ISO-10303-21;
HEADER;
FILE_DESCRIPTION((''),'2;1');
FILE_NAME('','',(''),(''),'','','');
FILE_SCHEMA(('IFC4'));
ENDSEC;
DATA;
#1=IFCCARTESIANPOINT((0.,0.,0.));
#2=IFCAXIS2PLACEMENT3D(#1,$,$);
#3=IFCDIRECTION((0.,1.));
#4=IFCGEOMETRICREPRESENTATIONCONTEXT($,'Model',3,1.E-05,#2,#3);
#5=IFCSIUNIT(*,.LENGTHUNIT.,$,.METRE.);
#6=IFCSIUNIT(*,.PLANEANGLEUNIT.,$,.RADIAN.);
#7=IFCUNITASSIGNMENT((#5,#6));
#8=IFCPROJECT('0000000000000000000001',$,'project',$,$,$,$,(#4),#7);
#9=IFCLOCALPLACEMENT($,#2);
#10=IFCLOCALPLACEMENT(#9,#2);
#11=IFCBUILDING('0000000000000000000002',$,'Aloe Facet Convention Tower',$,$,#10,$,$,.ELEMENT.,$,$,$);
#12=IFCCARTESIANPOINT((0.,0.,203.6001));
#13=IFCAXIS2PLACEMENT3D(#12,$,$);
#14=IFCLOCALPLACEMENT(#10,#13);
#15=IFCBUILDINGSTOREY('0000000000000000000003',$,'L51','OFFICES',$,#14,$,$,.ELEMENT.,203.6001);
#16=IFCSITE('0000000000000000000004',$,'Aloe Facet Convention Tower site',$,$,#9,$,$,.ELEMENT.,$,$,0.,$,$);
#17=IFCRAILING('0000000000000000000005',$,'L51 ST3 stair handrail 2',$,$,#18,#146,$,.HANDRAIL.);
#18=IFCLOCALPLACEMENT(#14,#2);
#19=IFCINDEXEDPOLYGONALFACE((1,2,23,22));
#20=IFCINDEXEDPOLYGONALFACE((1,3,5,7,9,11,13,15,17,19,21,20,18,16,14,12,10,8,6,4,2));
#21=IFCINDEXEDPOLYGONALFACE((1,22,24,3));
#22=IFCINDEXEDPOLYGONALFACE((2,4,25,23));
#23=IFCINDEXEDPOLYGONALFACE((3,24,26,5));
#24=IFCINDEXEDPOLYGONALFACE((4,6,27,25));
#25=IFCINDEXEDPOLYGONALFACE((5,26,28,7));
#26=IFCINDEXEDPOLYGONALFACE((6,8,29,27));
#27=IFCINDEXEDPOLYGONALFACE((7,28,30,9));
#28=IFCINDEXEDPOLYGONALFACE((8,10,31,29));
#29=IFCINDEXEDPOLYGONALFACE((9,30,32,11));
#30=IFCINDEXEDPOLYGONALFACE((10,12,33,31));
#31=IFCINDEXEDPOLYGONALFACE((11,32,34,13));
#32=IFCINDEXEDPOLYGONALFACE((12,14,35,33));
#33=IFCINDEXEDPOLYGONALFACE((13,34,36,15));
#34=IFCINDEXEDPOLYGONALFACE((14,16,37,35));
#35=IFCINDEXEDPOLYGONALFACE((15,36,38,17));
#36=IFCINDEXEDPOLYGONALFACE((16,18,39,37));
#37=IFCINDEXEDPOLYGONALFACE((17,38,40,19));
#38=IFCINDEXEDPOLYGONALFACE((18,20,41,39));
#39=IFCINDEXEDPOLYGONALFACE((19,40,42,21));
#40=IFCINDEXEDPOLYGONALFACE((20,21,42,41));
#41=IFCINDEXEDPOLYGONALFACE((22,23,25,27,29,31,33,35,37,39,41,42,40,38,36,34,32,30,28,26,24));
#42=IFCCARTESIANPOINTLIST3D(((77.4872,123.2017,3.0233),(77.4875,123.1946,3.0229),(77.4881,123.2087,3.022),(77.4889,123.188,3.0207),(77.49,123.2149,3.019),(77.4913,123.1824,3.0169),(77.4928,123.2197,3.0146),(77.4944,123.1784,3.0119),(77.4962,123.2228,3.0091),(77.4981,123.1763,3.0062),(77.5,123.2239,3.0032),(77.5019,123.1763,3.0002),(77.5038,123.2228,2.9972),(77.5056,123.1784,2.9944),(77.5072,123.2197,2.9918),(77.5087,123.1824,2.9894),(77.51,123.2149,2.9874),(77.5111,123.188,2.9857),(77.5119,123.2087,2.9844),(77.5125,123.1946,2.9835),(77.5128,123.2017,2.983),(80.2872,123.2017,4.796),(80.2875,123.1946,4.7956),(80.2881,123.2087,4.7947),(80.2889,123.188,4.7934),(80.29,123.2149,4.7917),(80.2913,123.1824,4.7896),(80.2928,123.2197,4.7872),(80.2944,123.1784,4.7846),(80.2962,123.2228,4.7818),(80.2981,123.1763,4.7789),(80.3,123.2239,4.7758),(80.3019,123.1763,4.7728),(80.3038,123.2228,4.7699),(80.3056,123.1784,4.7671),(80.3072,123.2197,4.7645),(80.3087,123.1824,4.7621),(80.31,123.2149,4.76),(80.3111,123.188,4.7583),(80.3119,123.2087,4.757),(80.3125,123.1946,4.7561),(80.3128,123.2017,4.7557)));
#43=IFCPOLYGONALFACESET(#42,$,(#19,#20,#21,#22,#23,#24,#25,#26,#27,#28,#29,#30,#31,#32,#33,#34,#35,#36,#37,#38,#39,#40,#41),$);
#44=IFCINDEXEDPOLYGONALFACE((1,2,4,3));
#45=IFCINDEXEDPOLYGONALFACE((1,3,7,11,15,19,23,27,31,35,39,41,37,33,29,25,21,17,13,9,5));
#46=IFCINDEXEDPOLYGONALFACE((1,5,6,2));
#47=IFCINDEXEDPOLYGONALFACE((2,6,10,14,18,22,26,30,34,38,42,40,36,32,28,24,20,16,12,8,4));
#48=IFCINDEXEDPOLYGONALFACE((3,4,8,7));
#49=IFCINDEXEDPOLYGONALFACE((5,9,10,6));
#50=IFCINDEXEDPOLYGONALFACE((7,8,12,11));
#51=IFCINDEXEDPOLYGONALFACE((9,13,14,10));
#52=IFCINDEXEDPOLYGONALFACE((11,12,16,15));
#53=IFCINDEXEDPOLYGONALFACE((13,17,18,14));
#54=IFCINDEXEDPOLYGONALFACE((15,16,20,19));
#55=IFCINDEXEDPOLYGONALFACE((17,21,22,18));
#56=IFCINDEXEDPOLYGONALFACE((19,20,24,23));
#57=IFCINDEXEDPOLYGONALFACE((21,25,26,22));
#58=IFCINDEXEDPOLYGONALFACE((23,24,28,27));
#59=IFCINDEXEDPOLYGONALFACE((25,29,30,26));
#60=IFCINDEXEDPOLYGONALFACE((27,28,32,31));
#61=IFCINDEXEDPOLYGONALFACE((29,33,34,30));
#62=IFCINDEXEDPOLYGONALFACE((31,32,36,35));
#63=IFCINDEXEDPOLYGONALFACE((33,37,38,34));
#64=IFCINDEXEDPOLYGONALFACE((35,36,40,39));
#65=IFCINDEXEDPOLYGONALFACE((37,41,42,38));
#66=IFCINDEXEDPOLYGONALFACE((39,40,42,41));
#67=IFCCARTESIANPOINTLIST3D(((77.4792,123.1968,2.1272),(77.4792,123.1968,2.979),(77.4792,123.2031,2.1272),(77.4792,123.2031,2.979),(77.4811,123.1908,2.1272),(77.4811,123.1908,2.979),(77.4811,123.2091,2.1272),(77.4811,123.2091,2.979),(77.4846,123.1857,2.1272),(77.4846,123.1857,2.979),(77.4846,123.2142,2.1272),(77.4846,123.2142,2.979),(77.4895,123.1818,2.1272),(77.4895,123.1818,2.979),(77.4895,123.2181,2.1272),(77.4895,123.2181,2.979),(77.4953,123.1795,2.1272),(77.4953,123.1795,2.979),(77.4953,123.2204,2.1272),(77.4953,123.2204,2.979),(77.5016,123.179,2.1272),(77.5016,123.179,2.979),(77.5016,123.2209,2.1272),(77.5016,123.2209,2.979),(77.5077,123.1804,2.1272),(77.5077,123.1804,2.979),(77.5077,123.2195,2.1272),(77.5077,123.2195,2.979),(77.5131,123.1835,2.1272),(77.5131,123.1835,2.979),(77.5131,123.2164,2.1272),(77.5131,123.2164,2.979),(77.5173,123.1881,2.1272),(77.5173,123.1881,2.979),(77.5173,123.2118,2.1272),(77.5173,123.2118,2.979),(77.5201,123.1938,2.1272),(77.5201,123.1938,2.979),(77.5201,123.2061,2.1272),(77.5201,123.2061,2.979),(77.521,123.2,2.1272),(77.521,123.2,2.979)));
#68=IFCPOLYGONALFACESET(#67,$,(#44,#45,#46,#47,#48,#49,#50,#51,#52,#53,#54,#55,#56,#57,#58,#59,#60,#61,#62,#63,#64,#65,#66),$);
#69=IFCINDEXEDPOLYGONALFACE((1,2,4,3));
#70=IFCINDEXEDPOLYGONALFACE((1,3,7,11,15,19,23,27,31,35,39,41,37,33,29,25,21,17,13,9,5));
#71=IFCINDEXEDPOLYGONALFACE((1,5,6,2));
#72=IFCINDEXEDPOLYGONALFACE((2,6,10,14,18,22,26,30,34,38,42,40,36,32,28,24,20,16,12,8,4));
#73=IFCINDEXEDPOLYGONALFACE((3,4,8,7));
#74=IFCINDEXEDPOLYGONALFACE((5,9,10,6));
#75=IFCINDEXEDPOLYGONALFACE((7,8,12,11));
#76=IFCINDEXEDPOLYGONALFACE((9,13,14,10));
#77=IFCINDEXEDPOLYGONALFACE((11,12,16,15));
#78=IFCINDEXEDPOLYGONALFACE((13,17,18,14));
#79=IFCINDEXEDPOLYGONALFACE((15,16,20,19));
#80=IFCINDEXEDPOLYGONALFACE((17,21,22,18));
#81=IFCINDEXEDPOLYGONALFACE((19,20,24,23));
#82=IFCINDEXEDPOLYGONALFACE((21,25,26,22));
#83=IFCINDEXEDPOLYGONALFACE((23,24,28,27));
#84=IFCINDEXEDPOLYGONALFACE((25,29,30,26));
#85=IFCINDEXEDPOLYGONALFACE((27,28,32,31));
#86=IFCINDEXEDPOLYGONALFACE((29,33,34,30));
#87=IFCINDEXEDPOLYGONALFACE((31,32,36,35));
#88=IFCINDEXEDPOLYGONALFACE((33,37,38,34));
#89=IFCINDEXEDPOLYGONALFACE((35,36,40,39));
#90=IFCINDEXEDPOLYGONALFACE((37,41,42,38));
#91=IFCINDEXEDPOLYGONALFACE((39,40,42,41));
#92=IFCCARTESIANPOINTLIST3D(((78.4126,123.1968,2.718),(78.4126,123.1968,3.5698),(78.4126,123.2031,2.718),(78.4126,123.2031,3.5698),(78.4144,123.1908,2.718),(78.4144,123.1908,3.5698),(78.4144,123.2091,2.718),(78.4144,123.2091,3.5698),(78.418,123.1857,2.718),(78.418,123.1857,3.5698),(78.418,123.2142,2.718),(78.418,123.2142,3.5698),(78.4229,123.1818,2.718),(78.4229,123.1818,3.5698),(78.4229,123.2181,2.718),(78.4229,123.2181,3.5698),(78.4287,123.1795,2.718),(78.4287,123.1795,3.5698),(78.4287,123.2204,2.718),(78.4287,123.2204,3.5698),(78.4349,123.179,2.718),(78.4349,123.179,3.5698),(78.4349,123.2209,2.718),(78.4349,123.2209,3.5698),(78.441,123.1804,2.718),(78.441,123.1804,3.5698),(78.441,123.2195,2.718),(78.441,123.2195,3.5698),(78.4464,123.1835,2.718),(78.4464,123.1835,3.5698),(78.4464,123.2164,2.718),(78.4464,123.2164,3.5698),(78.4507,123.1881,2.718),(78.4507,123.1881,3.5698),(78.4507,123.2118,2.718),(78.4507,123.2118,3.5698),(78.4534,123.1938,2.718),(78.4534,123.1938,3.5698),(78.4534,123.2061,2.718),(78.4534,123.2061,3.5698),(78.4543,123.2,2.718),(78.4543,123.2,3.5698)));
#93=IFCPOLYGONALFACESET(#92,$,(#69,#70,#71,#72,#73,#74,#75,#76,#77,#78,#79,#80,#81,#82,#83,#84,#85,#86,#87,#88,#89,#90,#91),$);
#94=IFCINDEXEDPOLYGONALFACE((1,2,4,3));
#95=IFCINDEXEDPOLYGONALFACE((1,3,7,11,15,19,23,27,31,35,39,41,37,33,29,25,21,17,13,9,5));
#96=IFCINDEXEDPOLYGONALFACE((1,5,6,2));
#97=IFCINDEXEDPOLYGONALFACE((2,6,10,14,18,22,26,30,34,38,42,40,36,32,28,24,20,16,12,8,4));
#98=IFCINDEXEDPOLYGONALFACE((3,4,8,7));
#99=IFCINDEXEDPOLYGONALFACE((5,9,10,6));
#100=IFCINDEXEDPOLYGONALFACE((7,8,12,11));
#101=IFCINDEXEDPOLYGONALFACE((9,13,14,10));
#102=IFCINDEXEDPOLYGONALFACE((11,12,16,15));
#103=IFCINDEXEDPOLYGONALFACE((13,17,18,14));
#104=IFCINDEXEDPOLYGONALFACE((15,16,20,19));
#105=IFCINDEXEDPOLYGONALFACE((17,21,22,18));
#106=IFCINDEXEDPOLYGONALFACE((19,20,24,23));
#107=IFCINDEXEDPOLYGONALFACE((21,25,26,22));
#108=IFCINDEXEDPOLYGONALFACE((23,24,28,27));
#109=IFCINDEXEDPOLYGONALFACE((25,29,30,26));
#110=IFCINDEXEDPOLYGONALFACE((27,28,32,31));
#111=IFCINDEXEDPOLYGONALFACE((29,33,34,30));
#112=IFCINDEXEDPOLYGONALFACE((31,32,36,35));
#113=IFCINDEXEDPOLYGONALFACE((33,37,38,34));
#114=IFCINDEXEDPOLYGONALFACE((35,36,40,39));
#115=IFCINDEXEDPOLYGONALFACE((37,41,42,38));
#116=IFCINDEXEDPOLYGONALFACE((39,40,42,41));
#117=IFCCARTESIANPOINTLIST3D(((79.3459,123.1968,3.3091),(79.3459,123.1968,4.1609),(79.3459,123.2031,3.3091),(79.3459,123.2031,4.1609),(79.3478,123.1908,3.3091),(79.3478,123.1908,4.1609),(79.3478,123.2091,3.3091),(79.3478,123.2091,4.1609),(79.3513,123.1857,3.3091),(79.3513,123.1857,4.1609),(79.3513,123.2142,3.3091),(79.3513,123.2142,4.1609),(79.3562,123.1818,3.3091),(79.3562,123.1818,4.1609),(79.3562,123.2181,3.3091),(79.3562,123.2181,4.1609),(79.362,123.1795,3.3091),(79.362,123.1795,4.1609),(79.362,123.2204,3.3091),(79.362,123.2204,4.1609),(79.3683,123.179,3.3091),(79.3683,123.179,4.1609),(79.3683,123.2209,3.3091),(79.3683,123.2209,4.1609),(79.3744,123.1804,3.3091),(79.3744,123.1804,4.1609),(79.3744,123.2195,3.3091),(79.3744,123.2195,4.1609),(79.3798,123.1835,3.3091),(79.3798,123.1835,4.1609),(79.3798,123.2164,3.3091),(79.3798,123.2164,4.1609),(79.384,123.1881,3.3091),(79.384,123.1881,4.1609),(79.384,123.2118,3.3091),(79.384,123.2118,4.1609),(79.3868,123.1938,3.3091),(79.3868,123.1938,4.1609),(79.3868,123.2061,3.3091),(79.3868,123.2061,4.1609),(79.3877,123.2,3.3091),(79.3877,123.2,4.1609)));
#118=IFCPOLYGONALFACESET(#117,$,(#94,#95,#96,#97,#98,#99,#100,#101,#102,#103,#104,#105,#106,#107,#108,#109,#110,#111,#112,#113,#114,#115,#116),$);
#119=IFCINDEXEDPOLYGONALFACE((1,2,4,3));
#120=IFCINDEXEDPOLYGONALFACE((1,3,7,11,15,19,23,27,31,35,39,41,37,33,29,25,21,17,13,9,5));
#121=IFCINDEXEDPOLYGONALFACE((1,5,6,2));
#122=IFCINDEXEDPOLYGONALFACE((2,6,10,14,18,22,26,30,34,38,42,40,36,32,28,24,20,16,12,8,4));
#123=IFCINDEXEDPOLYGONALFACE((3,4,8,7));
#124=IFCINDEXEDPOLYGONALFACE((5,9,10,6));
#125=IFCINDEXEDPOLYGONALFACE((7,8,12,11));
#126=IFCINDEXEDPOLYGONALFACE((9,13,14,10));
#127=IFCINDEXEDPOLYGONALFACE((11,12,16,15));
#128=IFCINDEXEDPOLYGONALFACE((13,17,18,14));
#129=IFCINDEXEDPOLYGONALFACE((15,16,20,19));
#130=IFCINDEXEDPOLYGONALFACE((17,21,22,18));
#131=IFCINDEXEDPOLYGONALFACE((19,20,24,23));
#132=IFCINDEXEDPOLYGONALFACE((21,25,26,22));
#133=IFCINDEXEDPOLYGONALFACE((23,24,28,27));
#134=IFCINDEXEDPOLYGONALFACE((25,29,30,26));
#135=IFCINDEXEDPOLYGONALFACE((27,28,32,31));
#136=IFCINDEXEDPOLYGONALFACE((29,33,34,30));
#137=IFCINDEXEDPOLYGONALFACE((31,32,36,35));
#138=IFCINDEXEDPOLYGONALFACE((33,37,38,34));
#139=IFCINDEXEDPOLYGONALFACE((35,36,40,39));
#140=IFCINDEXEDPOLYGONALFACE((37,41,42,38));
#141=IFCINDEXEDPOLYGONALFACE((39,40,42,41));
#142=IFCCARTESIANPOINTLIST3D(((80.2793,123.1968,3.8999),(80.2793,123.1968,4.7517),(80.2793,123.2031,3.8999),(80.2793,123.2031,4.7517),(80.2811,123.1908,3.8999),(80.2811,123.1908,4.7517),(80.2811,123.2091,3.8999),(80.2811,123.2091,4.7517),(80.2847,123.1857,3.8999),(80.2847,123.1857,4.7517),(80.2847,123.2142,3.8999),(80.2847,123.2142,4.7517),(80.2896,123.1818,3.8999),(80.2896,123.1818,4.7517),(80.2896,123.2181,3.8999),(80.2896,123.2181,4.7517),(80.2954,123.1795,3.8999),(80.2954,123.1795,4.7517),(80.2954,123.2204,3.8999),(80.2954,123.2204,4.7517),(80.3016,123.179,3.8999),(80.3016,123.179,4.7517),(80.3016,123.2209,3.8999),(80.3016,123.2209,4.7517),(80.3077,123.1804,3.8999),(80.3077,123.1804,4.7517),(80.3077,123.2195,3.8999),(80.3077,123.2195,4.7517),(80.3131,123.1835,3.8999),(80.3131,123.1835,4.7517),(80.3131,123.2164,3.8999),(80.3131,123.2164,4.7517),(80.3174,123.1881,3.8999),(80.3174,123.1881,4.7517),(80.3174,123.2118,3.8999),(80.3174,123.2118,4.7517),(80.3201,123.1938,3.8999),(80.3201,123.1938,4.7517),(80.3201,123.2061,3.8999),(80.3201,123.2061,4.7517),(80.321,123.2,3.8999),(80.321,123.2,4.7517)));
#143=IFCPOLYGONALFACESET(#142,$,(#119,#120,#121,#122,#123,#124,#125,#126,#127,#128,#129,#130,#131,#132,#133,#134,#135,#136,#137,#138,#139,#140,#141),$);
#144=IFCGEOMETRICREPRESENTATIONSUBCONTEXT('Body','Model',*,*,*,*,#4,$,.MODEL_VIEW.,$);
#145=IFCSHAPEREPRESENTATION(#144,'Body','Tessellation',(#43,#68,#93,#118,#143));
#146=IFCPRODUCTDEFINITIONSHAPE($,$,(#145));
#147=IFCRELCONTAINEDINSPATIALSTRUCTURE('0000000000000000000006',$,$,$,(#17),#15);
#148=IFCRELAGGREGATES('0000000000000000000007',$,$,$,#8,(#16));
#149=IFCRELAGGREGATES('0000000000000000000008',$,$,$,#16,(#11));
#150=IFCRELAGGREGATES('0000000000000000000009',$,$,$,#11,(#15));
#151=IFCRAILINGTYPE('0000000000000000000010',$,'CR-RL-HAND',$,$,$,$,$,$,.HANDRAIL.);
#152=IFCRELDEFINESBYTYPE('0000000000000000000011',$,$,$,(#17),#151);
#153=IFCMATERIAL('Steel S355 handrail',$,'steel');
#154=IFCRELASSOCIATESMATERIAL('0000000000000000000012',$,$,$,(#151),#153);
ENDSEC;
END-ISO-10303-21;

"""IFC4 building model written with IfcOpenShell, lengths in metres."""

from ifc_helpers import new_model, si_unit, direction, frame, origin, origin_2d, place, context, subcontext, project, spatial, circle, extrude, material, type_object, element, save


model = new_model("IFC4")

# Units and contexts
model_context = context("Model", 3, precision=1e-05, world=origin(), true_north=direction((0.0, 1.0)))
body_context = subcontext(model_context, "Body", "Model", "MODEL_VIEW")
ifc_project = project(units=[si_unit("LENGTHUNIT", "METRE"), si_unit("PLANEANGLEUNIT", "RADIAN")], contexts=[model_context])

# Site, building, storey
site_placement = place(None, origin())
site = spatial("IfcSite", under=ifc_project, at=site_placement, Name="Aloe Facet Convention Tower site", CompositionType="ELEMENT", RefElevation=0.0)
building_placement = place(site_placement, origin())
building = spatial("IfcBuilding", under=site, at=building_placement, Name="Aloe Facet Convention Tower", CompositionType="ELEMENT")
storey_placement = place(building_placement, frame((0.0, 0.0, 203.6001)))
storey = spatial("IfcBuildingStorey", under=building, at=storey_placement, Name="L51", Description="OFFICES", CompositionType="ELEMENT", Elevation=203.6001)

# Railing
ifc_material_1 = material(Name="Steel S355 handrail", Category="steel")
railing_type_1 = type_object("IfcRailingType", Name="CR-RL-HAND", PredefinedType="HANDRAIL", material=ifc_material_1)
railing_1_placement = place(storey_placement, frame((77.5, 123.2, 2.1272)))
element("IfcRailing", 1, at=railing_1_placement, inside=storey, type_object=railing_type_1, Name="L51 ST3 stair handrail 2", PredefinedType="HANDRAIL", context=body_context, shape_type="SweptSolid", body=[
    extrude(circle(Radius=0.0239, at=origin_2d()), frame((0.0, 0.0, 0.876), z_axis=(0.844909, 0.0, 0.53491), x_axis=(0.0, 1.0, 0.0)), (0.0, 0.0, 1.0), 3.314),
    extrude(circle(Radius=0.021, at=origin_2d()), origin(), (0.0, 0.0, 1.0), 0.8518),
    extrude(circle(Radius=0.021, at=origin_2d()), frame((0.9333, 0.0, 0.5908)), (0.0, 0.0, 1.0), 0.8518),
    extrude(circle(Radius=0.021, at=origin_2d()), frame((1.8667, 0.0, 1.1819)), (0.0, 0.0, 1.0), 0.8518),
    extrude(circle(Radius=0.021, at=origin_2d()), frame((2.8, 0.0, 1.7727)), (0.0, 0.0, 1.0), 0.8518),
])

save(model, "model.ifc")
